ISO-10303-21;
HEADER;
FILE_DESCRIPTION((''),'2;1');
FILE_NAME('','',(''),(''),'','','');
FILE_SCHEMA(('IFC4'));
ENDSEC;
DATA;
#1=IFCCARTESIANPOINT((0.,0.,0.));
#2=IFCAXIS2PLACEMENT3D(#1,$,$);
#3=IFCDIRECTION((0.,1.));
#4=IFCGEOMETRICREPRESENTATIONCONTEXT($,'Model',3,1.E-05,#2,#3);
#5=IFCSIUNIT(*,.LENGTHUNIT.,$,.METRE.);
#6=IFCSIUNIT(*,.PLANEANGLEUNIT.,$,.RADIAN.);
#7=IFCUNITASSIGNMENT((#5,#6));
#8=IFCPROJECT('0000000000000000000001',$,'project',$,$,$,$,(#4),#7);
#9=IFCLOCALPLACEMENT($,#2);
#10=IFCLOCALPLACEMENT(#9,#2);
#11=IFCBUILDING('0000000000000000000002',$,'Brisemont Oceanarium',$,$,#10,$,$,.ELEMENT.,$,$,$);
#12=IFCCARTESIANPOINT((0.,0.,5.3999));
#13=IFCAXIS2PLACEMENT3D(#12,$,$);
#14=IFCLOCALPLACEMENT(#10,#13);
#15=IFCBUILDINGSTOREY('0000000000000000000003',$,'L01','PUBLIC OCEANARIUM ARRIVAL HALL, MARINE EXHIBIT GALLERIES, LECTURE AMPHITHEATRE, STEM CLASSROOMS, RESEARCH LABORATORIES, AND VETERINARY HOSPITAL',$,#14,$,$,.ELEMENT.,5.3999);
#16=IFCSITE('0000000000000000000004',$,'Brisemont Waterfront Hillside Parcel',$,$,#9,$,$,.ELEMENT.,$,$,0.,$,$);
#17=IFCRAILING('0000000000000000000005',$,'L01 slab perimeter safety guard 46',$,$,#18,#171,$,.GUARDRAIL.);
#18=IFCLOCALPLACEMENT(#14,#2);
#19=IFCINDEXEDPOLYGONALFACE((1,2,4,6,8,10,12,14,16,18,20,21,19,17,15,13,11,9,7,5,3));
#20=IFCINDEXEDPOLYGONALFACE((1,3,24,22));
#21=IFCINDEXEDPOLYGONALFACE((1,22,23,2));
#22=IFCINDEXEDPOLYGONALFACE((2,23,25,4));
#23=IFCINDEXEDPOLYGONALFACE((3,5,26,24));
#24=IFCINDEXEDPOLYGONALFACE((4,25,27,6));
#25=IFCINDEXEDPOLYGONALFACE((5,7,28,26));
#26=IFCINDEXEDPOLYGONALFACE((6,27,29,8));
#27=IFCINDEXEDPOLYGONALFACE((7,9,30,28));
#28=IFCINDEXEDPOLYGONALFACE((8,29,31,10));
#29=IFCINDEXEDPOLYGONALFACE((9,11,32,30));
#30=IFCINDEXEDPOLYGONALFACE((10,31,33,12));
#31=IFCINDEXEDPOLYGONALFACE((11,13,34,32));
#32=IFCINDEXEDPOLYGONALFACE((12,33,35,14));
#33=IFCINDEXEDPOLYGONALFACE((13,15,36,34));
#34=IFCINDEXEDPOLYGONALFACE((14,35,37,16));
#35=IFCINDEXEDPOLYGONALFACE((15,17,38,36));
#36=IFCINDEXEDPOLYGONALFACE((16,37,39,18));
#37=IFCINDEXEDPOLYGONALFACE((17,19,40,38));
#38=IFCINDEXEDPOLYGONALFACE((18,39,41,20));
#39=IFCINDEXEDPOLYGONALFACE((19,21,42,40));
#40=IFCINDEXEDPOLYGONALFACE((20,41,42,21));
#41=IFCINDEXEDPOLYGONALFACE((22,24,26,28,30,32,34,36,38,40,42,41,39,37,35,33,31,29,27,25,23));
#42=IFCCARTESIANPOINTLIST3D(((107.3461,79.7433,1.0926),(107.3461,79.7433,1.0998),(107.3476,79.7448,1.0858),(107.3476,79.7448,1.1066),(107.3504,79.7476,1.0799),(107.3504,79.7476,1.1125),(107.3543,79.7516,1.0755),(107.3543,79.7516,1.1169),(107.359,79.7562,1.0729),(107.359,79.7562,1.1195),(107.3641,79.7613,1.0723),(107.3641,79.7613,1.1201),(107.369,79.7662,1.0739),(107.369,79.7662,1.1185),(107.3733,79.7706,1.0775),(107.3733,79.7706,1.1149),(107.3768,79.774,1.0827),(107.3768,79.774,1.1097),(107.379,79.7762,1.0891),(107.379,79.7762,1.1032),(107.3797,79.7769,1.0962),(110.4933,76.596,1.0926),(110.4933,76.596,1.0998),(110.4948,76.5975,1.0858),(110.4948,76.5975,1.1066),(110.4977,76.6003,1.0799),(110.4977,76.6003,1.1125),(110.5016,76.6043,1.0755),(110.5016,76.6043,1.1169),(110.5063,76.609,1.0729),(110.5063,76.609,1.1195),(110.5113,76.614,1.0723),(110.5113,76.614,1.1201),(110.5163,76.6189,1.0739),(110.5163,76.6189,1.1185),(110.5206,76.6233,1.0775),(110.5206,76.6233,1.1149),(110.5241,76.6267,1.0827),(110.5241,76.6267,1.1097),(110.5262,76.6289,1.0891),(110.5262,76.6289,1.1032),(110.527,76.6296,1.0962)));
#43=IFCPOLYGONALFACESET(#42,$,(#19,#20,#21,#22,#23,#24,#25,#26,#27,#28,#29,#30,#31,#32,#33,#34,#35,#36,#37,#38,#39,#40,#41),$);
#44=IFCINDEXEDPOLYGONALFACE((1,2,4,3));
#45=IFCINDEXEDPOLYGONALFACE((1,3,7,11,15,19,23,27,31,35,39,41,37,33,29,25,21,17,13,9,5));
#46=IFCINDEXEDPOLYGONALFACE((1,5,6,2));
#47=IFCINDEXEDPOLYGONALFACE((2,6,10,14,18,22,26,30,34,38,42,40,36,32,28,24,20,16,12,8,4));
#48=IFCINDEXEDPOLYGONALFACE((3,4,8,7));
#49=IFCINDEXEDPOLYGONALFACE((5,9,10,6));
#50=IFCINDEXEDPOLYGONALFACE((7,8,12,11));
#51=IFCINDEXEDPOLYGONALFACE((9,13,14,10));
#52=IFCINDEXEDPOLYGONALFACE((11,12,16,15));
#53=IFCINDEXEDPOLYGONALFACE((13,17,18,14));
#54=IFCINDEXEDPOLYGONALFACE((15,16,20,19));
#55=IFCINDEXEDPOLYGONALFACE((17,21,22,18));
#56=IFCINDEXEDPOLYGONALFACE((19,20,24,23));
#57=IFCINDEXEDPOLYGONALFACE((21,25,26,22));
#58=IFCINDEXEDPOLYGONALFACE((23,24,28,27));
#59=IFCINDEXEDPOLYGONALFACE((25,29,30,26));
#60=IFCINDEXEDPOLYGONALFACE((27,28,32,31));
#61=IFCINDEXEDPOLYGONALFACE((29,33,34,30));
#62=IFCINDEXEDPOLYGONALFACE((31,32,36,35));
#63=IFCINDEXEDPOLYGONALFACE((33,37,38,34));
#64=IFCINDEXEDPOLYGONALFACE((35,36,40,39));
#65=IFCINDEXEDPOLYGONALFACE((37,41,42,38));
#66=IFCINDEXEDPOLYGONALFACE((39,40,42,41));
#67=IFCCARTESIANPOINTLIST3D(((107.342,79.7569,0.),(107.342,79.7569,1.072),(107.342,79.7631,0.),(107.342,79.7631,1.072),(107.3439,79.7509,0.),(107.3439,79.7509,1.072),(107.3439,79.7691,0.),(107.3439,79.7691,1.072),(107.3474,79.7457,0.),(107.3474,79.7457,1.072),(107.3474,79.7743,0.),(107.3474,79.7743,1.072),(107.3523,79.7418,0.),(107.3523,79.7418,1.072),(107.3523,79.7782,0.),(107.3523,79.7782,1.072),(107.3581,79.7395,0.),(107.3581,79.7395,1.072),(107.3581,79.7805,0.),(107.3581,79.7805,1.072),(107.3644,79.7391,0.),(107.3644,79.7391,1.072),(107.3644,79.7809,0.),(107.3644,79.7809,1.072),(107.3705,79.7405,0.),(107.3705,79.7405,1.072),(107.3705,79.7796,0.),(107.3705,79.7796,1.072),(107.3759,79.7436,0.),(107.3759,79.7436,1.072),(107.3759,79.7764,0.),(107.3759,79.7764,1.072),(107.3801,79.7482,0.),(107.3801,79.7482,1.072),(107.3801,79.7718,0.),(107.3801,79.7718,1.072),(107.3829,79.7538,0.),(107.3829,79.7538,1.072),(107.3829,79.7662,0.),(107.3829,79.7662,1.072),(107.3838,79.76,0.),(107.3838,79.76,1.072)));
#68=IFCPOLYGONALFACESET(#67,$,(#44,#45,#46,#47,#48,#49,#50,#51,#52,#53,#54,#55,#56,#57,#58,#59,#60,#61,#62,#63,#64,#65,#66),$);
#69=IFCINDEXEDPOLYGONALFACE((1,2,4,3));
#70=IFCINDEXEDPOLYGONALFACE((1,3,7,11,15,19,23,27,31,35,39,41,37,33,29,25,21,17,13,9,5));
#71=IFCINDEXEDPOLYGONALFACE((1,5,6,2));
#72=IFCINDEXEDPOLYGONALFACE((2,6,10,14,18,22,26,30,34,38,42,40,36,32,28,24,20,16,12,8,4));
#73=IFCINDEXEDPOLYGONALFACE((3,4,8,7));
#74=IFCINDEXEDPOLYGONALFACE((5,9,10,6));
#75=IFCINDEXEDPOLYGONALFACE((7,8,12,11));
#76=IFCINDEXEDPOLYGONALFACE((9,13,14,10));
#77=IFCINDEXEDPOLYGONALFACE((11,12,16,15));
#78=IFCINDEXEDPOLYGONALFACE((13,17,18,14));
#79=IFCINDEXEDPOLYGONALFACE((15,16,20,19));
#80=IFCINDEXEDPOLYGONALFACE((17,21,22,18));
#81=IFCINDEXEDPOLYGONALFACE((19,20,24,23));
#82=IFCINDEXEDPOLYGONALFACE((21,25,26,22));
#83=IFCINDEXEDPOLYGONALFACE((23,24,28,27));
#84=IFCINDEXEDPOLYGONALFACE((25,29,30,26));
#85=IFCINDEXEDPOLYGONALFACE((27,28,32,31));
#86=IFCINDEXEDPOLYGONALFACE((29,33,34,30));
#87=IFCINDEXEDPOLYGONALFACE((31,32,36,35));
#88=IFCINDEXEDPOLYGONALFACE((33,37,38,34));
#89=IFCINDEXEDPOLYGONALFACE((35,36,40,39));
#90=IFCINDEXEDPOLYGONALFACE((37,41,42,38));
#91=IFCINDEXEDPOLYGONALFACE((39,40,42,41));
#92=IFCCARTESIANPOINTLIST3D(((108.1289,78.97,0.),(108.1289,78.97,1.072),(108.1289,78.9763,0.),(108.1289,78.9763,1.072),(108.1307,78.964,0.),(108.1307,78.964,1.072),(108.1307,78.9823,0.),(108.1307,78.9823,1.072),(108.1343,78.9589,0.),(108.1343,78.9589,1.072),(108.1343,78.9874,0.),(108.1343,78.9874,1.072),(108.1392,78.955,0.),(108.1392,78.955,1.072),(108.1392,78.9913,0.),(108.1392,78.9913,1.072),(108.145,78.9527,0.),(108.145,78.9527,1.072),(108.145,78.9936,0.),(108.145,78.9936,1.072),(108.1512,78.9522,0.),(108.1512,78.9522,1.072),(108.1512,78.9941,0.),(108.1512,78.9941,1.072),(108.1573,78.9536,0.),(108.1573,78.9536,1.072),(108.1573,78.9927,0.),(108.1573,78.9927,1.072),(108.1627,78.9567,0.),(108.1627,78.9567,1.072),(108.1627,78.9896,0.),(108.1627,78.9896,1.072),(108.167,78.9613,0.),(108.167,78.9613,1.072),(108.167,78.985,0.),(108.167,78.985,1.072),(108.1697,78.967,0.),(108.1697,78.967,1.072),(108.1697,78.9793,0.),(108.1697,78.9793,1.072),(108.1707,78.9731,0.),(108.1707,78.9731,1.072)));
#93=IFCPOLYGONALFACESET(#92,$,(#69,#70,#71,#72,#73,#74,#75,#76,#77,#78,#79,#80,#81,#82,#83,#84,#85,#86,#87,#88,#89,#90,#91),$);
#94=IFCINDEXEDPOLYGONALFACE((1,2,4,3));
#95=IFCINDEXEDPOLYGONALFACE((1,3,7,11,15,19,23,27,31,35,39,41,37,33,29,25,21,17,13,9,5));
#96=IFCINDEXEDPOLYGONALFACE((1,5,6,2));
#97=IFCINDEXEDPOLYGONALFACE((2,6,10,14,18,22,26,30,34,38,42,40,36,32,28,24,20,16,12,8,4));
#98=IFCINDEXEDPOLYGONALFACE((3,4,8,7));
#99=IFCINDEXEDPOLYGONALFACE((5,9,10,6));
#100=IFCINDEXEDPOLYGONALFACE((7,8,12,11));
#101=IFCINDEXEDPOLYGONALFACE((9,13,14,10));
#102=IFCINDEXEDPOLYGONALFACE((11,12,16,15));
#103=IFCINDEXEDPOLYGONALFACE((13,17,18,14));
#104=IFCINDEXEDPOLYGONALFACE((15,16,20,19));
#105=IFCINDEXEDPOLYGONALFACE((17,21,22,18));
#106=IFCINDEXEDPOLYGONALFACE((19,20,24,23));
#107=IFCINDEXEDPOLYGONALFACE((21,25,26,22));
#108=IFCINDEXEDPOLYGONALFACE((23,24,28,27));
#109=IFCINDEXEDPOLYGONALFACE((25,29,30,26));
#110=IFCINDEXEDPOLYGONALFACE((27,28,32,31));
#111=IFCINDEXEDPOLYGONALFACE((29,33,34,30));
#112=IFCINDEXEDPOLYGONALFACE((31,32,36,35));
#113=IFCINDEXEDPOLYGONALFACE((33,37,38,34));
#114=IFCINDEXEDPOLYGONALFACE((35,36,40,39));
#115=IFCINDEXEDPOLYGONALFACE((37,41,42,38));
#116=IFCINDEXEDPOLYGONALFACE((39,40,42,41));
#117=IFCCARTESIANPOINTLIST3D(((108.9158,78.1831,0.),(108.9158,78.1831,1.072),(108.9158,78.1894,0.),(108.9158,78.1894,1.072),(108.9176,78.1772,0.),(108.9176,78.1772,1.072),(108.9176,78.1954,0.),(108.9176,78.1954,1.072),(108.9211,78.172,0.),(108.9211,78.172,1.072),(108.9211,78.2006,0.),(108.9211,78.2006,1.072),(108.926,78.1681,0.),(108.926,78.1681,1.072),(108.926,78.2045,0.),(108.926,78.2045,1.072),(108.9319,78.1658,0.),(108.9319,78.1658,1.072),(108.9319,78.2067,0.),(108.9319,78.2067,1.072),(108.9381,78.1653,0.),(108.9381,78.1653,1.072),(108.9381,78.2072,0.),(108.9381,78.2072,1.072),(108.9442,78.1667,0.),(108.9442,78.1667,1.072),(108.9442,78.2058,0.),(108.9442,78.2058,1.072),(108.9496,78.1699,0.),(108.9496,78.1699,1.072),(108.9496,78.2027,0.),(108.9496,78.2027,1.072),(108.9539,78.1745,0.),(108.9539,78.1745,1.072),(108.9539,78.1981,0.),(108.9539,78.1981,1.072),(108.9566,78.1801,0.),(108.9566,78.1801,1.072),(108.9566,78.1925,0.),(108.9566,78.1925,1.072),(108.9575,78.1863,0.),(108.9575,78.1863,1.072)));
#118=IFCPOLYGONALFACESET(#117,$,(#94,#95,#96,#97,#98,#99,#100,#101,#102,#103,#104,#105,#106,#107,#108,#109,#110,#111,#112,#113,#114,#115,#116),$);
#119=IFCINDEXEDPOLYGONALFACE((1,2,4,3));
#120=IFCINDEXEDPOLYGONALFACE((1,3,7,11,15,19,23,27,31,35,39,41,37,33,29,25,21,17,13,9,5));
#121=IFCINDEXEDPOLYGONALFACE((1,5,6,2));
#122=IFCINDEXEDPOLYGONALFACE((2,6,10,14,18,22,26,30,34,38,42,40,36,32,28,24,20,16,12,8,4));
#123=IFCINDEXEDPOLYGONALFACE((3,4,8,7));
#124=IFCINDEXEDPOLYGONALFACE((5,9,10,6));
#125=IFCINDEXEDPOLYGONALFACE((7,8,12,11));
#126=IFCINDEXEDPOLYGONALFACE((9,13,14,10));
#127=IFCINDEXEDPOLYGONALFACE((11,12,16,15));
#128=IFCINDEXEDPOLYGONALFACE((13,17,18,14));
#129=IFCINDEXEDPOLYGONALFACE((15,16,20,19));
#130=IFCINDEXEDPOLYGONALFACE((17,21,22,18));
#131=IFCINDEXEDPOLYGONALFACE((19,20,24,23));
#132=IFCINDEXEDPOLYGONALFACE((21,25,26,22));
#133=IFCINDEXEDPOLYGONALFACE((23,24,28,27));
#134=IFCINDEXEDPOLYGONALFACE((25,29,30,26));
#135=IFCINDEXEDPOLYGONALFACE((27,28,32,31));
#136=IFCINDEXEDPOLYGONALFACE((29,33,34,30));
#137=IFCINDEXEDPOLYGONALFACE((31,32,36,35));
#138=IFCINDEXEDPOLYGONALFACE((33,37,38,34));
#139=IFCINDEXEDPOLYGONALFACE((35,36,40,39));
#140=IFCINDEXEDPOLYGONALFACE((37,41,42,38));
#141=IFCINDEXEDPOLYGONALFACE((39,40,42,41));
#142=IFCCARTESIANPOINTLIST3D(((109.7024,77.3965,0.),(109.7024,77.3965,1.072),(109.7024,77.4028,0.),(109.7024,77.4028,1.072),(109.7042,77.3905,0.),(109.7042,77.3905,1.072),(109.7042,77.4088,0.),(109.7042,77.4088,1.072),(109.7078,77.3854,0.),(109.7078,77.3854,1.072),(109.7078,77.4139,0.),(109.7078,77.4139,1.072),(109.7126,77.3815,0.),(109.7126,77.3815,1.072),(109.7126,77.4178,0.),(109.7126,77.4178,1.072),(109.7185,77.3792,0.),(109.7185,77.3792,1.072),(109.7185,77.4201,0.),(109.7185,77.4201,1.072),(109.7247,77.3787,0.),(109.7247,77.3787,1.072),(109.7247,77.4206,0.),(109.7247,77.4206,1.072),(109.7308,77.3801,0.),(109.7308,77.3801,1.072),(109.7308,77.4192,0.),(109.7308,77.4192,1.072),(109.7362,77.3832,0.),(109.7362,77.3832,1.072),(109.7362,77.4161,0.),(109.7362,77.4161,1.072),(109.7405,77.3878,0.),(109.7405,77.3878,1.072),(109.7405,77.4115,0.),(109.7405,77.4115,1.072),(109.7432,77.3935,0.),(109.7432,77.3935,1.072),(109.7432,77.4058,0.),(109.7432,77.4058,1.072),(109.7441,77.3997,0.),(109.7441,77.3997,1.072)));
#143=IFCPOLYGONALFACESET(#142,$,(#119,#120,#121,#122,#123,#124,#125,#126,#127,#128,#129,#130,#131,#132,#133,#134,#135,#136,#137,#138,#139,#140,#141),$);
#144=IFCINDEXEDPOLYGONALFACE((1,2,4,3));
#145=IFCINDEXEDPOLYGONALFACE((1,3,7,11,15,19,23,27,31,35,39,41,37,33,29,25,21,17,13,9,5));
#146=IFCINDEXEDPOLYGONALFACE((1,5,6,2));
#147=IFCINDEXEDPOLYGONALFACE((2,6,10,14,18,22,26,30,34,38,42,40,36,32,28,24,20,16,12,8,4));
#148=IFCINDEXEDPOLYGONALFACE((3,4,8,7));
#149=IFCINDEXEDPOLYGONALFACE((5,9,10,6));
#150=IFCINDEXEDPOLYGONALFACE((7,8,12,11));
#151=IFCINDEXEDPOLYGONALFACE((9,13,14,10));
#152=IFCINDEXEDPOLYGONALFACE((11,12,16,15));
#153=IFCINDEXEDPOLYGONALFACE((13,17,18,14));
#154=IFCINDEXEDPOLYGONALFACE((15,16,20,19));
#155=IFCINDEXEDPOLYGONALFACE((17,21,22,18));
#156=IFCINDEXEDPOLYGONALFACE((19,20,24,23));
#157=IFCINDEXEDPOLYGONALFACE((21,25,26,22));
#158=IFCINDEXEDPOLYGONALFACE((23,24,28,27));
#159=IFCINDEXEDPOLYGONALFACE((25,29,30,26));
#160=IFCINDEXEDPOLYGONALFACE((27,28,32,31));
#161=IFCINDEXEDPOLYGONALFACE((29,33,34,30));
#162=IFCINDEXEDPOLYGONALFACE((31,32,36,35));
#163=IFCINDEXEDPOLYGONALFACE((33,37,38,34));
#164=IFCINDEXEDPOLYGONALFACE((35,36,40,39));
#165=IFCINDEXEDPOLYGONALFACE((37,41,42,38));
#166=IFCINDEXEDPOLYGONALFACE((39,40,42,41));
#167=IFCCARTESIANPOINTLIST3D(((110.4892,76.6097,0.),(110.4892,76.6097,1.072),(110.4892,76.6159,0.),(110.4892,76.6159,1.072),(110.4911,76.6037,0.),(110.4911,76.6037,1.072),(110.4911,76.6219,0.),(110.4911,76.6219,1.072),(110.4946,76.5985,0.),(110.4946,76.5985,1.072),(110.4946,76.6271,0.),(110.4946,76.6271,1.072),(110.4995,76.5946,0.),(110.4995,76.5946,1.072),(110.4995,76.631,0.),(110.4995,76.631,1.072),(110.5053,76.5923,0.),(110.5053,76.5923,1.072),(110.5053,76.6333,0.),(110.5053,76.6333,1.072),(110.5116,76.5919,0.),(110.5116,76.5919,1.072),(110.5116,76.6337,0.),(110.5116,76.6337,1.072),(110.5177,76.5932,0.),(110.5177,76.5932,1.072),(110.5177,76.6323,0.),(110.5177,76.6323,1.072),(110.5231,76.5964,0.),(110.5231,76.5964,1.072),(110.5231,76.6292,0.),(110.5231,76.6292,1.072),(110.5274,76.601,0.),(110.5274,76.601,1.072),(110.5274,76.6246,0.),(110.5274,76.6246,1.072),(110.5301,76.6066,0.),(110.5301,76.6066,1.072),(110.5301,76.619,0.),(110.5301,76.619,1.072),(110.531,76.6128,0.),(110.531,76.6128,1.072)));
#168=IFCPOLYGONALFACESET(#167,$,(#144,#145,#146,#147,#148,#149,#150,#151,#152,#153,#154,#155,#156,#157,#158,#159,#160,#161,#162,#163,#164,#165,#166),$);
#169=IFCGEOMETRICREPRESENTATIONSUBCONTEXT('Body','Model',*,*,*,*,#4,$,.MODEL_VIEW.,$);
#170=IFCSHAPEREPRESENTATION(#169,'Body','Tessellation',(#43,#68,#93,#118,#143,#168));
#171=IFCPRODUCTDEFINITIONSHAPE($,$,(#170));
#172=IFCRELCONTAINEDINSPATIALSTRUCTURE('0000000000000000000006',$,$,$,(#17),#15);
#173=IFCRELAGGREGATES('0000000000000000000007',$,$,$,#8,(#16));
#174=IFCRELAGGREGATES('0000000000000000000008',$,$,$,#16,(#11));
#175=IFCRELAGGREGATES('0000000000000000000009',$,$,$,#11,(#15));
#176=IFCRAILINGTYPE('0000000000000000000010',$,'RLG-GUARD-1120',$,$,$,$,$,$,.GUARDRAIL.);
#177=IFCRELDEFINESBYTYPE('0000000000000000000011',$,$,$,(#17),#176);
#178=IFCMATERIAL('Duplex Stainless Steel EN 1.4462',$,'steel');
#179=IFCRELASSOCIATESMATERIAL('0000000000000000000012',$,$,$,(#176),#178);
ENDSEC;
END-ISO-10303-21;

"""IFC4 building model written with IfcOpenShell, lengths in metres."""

from ifc_helpers import new_model, si_unit, direction, frame, origin, origin_2d, place, context, subcontext, project, spatial, circle, extrude, material, type_object, element, save


model = new_model("IFC4")

# Units and contexts
model_context = context("Model", 3, precision=1e-05, world=origin(), true_north=direction((0.0, 1.0)))
body_context = subcontext(model_context, "Body", "Model", "MODEL_VIEW")
ifc_project = project(units=[si_unit("LENGTHUNIT", "METRE"), si_unit("PLANEANGLEUNIT", "RADIAN")], contexts=[model_context])

# Site, building, storey
site_placement = place(None, origin())
site = spatial("IfcSite", under=ifc_project, at=site_placement, Name="Brisemont Waterfront Hillside Parcel", CompositionType="ELEMENT", RefElevation=0.0)
building_placement = place(site_placement, origin())
building = spatial("IfcBuilding", under=site, at=building_placement, Name="Brisemont Oceanarium", CompositionType="ELEMENT")
storey_placement = place(building_placement, frame((0.0, 0.0, 5.3999)))
storey = spatial("IfcBuildingStorey", under=building, at=storey_placement, Name="L01", Description="PUBLIC OCEANARIUM ARRIVAL HALL, MARINE EXHIBIT GALLERIES, LECTURE AMPHITHEATRE, STEM CLASSROOMS, RESEARCH LABORATORIES, AND VETERINARY HOSPITAL", CompositionType="ELEMENT", Elevation=5.3999)

# Railing
ifc_material_1 = material(Name="Duplex Stainless Steel EN 1.4462", Category="steel")
railing_type_1 = type_object("IfcRailingType", Name="RLG-GUARD-1120", PredefinedType="GUARDRAIL", material=ifc_material_1)
railing_1_placement = place(storey_placement, frame((107.3628, 79.76, 0.0)))
element("IfcRailing", 1, at=railing_1_placement, inside=storey, type_object=railing_type_1, Name="L01 slab perimeter safety guard 46", PredefinedType="GUARDRAIL", context=body_context, shape_type="SweptSolid", body=[
    extrude(circle(Radius=0.0239, at=origin_2d()), frame((0.0, 0.0, 1.0962), z_axis=(0.707107, -0.707107, 0.0), x_axis=(0.707107, 0.707107, 0.0)), (0.0, 0.0, 1.0), 4.4509),
    extrude(circle(Radius=0.021, at=origin_2d()), origin(), (0.0, 0.0, 1.0), 1.072),
    extrude(circle(Radius=0.021, at=origin_2d()), frame((0.7869, -0.7869, 0.0)), (0.0, 0.0, 1.0), 1.072),
    extrude(circle(Radius=0.021, at=origin_2d()), frame((1.5737, -1.5737, 0.0)), (0.0, 0.0, 1.0), 1.072),
    extrude(circle(Radius=0.021, at=origin_2d()), frame((2.3604, -2.3604, 0.0)), (0.0, 0.0, 1.0), 1.072),
    extrude(circle(Radius=0.021, at=origin_2d()), frame((3.1472, -3.1472, 0.0)), (0.0, 0.0, 1.0), 1.072),
])

save(model, "model.ifc")
